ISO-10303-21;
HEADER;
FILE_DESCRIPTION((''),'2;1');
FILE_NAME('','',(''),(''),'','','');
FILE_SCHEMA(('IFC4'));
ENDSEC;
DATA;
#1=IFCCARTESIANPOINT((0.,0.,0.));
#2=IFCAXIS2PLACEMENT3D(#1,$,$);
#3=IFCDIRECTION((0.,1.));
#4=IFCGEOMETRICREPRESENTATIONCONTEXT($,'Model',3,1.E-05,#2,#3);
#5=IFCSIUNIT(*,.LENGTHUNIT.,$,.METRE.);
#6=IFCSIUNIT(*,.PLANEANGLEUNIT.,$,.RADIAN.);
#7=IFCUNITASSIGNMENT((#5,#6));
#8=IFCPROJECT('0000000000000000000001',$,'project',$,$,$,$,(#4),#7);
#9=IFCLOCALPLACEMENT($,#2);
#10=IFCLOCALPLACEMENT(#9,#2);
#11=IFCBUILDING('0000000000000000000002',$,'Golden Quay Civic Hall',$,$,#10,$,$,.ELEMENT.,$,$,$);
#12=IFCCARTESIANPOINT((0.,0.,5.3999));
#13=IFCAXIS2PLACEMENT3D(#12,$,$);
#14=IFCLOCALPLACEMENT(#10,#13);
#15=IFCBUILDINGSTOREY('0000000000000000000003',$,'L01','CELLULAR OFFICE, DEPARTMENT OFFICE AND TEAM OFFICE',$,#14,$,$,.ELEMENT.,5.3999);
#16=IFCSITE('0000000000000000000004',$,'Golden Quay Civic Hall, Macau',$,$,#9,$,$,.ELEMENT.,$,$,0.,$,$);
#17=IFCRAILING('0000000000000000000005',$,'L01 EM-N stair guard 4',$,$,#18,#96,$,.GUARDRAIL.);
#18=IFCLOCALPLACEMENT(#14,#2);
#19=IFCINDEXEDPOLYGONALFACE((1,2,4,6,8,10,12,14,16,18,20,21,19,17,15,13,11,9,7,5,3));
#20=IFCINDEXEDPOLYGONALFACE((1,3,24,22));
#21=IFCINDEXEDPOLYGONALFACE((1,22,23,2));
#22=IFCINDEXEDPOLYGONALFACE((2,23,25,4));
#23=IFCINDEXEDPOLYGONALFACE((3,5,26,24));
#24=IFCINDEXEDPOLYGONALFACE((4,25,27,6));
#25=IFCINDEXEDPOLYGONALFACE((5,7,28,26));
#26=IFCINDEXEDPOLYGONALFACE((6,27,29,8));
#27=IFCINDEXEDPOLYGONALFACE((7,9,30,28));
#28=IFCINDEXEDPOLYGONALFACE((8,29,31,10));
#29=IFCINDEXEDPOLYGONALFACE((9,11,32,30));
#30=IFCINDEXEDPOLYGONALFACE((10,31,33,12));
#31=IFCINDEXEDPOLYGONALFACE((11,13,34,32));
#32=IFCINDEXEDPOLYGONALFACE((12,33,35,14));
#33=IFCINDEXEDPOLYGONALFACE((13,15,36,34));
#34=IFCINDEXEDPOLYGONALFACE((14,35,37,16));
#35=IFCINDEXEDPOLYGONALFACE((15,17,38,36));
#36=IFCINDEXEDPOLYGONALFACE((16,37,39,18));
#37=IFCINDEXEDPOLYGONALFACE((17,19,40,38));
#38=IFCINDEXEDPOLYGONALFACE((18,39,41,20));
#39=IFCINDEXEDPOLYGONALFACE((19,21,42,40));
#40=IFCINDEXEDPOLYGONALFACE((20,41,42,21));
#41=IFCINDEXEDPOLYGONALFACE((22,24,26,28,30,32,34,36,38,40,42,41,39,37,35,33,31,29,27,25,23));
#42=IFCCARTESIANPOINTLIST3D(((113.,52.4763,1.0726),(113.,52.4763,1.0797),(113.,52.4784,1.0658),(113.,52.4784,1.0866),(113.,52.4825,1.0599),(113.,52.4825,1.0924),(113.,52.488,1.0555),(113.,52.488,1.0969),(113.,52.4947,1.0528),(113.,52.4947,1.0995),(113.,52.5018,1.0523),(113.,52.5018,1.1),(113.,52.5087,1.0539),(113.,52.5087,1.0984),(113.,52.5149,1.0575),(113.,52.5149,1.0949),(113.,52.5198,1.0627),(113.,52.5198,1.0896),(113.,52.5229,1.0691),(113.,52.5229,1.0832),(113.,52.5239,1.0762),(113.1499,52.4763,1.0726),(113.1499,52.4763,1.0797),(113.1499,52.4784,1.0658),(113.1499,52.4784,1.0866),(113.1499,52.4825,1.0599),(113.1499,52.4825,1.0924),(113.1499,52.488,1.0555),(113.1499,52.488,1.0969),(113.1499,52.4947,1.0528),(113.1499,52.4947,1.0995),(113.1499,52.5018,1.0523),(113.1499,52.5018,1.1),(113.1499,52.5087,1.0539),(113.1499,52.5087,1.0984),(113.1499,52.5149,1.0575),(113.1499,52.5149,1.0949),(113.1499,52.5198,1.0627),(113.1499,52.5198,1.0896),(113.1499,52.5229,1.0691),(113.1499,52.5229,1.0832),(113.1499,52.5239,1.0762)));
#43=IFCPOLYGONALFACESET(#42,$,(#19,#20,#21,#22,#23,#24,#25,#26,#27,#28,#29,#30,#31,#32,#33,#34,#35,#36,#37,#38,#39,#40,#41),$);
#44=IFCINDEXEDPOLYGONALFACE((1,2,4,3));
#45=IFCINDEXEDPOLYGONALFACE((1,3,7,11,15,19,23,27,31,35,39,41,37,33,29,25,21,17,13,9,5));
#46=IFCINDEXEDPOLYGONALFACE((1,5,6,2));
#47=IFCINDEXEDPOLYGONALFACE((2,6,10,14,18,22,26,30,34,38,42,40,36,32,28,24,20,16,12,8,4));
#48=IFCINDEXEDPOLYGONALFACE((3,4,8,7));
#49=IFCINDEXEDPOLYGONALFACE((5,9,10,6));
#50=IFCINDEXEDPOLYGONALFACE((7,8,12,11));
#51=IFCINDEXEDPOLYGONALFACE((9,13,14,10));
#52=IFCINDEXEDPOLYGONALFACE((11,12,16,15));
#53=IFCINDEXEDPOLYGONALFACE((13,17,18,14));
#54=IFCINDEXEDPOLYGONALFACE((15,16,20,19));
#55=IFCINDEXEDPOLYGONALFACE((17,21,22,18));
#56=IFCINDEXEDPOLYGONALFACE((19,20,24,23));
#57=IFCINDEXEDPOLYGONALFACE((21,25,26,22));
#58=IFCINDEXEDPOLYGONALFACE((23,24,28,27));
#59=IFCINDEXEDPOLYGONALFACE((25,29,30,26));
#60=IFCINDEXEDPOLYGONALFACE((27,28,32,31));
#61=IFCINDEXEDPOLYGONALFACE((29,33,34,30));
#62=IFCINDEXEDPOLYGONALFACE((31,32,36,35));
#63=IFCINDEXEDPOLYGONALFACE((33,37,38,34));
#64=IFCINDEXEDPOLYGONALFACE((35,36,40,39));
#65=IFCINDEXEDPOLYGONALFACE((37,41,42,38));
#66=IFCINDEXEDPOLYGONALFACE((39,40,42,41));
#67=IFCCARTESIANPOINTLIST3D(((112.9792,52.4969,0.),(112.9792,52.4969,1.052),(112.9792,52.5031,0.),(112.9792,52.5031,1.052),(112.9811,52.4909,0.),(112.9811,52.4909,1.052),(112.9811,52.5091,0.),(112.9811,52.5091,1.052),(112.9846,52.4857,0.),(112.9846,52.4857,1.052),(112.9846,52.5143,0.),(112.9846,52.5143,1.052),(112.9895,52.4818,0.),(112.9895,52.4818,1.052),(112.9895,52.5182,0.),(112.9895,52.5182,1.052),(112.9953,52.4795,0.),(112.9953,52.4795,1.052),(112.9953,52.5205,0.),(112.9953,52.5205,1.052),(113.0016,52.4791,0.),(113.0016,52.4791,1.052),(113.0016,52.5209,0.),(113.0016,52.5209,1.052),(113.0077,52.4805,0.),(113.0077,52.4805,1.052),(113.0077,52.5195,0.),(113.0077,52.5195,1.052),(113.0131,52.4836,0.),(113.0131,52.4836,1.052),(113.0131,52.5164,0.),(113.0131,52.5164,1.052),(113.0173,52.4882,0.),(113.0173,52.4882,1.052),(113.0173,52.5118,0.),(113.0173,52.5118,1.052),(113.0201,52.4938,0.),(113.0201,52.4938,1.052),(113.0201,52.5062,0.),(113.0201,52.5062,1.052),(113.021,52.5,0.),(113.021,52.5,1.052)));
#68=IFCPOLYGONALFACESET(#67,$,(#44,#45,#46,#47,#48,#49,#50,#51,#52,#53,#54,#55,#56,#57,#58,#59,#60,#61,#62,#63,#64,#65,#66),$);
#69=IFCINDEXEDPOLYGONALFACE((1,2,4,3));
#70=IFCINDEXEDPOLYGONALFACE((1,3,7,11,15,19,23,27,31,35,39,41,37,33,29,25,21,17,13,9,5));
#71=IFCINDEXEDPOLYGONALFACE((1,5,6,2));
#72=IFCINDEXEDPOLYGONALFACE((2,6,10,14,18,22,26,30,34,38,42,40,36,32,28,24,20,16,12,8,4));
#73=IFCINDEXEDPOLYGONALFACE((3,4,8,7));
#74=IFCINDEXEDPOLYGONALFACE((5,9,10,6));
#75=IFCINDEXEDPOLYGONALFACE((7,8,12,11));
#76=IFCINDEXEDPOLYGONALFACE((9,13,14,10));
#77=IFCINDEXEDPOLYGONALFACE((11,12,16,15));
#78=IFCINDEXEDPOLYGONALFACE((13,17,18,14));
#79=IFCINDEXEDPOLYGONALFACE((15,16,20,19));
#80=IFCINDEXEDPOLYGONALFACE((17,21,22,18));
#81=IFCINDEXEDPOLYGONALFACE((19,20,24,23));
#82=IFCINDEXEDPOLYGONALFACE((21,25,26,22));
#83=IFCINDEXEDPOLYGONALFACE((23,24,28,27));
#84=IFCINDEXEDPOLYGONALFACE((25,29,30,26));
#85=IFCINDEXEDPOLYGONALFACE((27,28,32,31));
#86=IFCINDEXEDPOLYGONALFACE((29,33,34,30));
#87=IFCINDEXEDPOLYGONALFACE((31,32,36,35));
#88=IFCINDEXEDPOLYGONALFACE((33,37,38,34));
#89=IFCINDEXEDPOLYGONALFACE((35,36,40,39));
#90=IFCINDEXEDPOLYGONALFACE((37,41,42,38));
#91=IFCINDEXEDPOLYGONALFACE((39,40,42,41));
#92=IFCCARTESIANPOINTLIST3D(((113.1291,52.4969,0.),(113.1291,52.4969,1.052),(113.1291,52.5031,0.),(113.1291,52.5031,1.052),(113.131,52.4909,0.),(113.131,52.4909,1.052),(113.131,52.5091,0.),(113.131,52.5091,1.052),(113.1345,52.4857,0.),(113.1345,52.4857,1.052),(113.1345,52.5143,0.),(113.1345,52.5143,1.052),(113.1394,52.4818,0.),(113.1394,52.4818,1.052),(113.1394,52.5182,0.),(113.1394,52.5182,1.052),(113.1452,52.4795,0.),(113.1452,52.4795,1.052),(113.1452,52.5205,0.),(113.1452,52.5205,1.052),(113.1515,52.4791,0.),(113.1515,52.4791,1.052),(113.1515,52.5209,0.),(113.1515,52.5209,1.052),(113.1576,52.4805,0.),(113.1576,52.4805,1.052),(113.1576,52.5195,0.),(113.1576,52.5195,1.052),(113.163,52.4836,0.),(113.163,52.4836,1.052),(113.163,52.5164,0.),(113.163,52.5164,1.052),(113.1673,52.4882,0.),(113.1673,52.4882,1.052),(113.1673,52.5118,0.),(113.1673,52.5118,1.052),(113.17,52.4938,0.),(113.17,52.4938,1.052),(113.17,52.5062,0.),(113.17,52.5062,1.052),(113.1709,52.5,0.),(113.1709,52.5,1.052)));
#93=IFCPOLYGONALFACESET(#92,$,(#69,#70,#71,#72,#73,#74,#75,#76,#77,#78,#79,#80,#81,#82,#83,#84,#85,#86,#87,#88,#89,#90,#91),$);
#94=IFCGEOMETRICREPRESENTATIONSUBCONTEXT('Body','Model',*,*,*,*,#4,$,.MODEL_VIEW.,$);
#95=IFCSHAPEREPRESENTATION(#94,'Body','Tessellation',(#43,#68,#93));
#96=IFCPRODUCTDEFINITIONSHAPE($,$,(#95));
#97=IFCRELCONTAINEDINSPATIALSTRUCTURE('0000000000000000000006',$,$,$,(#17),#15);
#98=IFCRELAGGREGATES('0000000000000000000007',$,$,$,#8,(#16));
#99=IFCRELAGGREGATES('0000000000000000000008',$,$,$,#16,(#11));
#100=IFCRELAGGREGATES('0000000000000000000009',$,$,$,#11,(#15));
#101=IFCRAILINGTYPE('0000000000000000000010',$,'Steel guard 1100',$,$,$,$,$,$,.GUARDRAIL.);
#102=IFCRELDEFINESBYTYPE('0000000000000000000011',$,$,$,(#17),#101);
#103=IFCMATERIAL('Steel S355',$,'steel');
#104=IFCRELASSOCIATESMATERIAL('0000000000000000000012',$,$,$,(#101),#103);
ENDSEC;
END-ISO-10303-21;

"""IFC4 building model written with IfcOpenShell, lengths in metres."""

from ifc_helpers import new_model, si_unit, direction, frame, origin, origin_2d, place, context, subcontext, project, spatial, circle, extrude, material, type_object, element, save


model = new_model("IFC4")

# Units and contexts
model_context = context("Model", 3, precision=1e-05, world=origin(), true_north=direction((0.0, 1.0)))
body_context = subcontext(model_context, "Body", "Model", "MODEL_VIEW")
ifc_project = project(units=[si_unit("LENGTHUNIT", "METRE"), si_unit("PLANEANGLEUNIT", "RADIAN")], contexts=[model_context])

# Site, building, storey
site_placement = place(None, origin())
site = spatial("IfcSite", under=ifc_project, at=site_placement, Name="Golden Quay Civic Hall, Macau", CompositionType="ELEMENT", RefElevation=0.0)
building_placement = place(site_placement, origin())
building = spatial("IfcBuilding", under=site, at=building_placement, Name="Golden Quay Civic Hall", CompositionType="ELEMENT")
storey_placement = place(building_placement, frame((0.0, 0.0, 5.3999)))
storey = spatial("IfcBuildingStorey", under=building, at=storey_placement, Name="L01", Description="CELLULAR OFFICE, DEPARTMENT OFFICE AND TEAM OFFICE", CompositionType="ELEMENT", Elevation=5.3999)

# Railing
ifc_material_1 = material(Name="Steel S355", Category="steel")
railing_type_1 = type_object("IfcRailingType", Name="Steel guard 1100", PredefinedType="GUARDRAIL", material=ifc_material_1)
railing_1_placement = place(storey_placement, frame((113.0, 52.5, 0.0)))
element("IfcRailing", 1, at=railing_1_placement, inside=storey, type_object=railing_type_1, Name="L01 EM-N stair guard 4", PredefinedType="GUARDRAIL", context=body_context, shape_type="SweptSolid", body=[
    extrude(circle(Radius=0.0239, at=origin_2d()), frame((0.0, 0.0, 1.0762), z_axis=(1.0, 0.0, 0.0), x_axis=(0.0, 1.0, 0.0)), (0.0, 0.0, 1.0), 0.1499),
    extrude(circle(Radius=0.021, at=origin_2d()), origin(), (0.0, 0.0, 1.0), 1.052),
    extrude(circle(Radius=0.021, at=origin_2d()), frame((0.1499, 0.0, 0.0)), (0.0, 0.0, 1.0), 1.052),
])

save(model, "model.ifc")
